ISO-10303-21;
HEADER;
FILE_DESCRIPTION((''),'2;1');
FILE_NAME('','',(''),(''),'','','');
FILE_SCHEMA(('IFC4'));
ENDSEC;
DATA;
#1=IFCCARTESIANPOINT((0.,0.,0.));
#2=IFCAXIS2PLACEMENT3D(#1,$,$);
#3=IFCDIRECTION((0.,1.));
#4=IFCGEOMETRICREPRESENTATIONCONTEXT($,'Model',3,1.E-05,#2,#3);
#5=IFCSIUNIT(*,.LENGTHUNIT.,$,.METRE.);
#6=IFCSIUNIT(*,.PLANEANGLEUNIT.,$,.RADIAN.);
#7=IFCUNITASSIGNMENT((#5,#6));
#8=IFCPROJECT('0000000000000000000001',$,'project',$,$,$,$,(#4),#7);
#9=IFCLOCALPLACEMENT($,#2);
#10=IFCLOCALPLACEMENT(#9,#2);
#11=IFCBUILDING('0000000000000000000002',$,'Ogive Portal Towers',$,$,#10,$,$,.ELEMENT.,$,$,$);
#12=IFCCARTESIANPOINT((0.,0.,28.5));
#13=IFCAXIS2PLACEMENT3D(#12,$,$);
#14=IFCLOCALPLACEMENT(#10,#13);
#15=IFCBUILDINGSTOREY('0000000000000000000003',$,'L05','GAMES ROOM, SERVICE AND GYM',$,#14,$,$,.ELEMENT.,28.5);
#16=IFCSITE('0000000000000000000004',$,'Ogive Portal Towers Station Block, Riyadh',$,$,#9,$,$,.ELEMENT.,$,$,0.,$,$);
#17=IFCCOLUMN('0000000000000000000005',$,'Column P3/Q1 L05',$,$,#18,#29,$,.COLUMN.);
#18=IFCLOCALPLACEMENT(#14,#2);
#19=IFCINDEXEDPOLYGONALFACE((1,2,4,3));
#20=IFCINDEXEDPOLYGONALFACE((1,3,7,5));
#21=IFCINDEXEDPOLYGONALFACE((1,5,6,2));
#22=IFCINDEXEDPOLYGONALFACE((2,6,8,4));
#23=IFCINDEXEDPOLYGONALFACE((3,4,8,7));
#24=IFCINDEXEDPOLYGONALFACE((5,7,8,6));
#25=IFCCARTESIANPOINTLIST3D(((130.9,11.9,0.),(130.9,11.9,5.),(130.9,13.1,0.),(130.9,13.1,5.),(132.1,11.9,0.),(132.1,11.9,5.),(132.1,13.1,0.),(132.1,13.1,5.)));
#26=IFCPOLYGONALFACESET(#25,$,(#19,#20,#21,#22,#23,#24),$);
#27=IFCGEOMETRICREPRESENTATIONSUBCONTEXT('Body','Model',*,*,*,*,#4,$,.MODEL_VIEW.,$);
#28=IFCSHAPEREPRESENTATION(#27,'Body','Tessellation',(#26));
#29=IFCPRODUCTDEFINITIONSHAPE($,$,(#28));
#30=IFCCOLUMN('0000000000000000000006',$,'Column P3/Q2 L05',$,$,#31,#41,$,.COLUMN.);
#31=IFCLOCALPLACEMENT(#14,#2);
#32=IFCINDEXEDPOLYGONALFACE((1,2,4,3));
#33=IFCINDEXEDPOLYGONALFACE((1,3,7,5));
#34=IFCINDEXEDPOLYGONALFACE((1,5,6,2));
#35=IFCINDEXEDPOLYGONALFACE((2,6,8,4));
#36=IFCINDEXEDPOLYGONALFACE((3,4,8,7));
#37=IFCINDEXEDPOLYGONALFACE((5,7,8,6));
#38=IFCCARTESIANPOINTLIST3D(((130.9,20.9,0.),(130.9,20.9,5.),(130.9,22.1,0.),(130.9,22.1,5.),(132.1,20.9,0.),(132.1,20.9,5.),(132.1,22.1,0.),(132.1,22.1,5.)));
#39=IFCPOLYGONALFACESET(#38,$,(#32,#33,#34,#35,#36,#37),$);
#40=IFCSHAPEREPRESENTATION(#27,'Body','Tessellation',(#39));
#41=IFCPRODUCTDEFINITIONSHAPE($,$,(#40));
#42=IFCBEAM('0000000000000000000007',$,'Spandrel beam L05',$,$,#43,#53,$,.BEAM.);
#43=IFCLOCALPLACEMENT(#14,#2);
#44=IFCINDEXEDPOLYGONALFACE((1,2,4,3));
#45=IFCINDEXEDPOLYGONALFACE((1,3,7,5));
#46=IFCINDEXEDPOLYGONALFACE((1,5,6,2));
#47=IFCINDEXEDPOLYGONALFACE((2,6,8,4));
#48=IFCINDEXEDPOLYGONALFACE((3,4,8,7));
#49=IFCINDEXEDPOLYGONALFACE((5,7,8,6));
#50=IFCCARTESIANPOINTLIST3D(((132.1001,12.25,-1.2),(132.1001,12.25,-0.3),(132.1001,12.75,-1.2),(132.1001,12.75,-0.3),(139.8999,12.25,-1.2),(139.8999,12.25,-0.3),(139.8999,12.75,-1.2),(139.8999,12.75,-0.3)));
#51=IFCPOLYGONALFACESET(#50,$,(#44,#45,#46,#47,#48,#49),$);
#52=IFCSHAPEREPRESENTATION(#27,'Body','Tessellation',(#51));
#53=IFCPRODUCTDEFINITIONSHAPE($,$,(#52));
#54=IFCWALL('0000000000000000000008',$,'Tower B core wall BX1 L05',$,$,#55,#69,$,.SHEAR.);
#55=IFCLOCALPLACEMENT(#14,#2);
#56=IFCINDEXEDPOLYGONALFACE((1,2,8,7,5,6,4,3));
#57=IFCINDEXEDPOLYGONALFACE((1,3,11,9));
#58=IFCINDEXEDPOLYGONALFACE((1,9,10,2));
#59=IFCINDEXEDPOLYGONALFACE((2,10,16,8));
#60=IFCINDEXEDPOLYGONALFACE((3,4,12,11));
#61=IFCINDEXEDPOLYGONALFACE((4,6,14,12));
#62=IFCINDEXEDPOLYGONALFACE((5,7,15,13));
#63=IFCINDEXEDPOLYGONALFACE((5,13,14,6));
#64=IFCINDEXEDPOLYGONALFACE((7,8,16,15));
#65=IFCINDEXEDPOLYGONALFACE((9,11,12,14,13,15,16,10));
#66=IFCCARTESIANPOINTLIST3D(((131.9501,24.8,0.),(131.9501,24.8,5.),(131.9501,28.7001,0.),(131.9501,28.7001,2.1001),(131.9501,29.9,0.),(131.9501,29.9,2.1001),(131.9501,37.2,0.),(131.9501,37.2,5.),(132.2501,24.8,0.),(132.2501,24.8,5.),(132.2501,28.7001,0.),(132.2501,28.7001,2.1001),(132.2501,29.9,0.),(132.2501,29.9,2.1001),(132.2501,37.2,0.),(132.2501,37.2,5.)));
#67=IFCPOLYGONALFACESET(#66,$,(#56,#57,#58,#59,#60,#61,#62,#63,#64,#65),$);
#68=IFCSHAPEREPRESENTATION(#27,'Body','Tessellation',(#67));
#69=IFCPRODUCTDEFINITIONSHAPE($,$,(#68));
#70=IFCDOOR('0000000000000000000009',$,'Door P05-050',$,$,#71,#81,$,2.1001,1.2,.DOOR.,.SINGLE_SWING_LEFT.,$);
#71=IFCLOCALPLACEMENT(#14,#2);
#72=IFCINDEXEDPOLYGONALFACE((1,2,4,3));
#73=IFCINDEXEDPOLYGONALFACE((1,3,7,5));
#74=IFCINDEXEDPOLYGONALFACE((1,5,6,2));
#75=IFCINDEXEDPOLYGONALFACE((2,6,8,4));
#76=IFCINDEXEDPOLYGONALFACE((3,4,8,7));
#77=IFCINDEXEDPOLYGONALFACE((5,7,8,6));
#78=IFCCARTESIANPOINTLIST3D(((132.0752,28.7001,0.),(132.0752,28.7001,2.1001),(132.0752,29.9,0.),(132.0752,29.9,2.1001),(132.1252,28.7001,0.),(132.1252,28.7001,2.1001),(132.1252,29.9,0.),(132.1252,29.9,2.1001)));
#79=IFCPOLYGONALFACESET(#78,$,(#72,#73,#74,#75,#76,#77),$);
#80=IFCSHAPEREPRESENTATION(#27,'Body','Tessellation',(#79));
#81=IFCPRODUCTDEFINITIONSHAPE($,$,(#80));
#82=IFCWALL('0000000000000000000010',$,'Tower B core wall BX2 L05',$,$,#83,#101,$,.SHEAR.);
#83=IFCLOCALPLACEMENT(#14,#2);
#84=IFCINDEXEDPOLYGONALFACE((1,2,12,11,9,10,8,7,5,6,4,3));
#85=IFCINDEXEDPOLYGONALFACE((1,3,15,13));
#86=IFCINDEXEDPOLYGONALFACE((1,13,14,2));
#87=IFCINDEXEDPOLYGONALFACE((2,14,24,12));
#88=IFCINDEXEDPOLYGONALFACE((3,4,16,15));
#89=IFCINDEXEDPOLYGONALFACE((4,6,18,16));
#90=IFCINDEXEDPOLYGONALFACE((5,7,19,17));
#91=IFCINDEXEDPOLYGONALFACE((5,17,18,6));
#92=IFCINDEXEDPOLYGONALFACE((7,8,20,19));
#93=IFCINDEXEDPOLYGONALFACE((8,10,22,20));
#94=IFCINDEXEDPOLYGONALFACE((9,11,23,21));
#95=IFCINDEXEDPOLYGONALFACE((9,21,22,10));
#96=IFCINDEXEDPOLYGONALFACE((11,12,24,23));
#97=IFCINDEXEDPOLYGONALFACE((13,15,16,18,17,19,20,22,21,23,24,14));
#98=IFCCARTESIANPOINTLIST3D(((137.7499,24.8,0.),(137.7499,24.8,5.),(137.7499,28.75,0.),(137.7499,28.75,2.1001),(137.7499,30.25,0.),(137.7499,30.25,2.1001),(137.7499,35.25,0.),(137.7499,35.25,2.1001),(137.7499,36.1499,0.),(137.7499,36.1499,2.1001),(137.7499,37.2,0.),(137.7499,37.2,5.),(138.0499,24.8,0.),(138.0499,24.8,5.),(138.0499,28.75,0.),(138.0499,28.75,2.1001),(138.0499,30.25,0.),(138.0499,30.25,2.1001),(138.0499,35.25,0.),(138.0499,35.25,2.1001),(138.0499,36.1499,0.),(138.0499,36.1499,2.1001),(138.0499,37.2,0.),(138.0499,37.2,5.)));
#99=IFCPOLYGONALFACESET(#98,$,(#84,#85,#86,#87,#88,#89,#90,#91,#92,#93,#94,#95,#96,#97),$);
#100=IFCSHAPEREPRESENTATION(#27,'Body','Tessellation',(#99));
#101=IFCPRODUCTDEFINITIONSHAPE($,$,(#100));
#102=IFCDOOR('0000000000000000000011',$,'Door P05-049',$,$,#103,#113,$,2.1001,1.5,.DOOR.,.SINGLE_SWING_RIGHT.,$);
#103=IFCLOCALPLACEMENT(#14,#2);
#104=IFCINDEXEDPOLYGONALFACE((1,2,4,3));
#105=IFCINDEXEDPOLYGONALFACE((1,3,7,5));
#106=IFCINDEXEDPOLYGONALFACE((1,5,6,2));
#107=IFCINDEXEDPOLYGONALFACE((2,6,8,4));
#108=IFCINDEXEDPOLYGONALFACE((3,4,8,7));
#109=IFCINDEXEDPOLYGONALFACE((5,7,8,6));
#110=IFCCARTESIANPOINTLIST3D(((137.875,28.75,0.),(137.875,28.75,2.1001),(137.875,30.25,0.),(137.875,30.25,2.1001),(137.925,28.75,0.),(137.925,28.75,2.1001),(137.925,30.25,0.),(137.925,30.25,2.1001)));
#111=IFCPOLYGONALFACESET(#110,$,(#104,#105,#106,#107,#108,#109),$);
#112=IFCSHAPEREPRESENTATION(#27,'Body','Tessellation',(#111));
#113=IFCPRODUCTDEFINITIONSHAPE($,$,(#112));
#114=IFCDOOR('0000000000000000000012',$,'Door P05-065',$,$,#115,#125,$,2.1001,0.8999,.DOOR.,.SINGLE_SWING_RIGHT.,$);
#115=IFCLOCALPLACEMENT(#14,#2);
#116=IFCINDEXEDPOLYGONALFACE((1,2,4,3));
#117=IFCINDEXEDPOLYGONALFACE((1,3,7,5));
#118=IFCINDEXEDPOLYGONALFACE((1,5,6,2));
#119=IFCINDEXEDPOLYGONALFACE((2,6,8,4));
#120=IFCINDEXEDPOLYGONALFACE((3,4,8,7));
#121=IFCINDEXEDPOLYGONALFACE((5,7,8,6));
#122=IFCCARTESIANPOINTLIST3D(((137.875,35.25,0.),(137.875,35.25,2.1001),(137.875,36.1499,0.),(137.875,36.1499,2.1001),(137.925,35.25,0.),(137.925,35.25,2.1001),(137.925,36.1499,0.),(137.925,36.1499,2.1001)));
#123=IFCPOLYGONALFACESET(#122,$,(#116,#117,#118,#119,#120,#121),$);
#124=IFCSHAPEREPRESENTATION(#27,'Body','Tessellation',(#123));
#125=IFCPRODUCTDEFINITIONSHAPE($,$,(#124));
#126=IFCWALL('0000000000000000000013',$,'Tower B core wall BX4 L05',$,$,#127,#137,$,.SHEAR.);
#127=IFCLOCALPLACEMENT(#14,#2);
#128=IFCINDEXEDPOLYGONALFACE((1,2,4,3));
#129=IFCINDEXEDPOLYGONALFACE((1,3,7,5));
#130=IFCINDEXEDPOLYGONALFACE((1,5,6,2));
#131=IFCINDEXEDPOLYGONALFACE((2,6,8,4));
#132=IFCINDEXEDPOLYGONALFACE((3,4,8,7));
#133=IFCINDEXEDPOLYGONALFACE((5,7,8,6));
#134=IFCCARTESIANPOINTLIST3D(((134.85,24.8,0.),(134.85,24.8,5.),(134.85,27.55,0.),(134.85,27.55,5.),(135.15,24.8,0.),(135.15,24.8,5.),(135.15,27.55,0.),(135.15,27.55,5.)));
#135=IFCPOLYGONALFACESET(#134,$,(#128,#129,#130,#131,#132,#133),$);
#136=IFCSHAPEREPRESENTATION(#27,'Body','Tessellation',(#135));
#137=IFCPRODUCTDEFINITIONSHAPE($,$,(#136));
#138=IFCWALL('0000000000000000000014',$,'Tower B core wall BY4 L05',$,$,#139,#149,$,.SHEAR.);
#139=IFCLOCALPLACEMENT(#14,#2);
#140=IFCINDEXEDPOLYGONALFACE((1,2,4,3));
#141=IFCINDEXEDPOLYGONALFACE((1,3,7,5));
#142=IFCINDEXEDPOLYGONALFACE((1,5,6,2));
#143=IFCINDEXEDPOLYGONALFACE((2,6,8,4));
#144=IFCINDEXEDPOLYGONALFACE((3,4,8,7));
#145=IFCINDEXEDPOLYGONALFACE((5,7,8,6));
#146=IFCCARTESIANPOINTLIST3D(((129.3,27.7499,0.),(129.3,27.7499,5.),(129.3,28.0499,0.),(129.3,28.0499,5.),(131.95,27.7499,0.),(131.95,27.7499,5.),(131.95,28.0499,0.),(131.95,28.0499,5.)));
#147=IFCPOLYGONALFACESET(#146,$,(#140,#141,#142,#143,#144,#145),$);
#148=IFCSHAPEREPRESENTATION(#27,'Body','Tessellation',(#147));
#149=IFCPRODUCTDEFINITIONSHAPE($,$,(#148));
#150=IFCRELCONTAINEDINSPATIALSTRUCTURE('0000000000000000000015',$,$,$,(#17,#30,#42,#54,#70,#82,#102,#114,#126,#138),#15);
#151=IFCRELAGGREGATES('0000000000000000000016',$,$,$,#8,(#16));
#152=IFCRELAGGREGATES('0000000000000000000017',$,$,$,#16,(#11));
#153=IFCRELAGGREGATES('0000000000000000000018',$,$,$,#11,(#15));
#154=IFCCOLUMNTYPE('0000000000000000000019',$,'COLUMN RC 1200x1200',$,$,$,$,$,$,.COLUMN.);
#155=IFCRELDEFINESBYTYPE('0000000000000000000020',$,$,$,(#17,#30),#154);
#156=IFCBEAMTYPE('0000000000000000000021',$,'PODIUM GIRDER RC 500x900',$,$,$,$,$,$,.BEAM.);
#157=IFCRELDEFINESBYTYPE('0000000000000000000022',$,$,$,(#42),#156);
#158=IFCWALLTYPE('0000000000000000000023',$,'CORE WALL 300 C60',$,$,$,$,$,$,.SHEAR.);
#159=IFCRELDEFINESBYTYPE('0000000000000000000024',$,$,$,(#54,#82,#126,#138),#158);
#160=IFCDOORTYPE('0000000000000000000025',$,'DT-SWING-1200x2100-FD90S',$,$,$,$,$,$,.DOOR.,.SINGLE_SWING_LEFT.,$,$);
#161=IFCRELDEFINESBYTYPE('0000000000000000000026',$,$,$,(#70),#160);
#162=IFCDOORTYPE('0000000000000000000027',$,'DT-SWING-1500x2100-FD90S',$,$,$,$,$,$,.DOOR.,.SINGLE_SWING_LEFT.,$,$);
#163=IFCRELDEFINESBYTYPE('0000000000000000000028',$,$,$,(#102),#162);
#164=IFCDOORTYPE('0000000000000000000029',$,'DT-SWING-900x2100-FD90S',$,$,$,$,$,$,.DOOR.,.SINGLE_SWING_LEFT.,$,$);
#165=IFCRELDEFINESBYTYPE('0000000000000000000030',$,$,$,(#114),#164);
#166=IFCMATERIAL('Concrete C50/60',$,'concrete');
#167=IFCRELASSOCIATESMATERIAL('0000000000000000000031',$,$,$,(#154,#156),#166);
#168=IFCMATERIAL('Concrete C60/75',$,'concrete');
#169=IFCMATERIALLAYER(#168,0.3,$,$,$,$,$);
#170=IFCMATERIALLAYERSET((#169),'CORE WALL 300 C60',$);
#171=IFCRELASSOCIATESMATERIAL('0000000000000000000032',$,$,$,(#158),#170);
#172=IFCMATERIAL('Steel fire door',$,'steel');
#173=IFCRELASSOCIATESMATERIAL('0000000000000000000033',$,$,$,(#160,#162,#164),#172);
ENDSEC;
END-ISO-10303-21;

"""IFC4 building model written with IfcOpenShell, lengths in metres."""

from ifc_helpers import new_model, si_unit, direction, frame, frame_2d, origin, origin_2d, place, context, subcontext, project, spatial, rectangle, extrude, material, layer, layer_set, material_profile, profile_set, type_object, element, fill, save


model = new_model("IFC4")

# Units and contexts
model_context = context("Model", 3, precision=1e-05, world=origin(), true_north=direction((0.0, 1.0)))
body_context = subcontext(model_context, "Body", "Model", "MODEL_VIEW")
ifc_project = project(units=[si_unit("LENGTHUNIT", "METRE"), si_unit("PLANEANGLEUNIT", "RADIAN")], contexts=[model_context])

# Site, building, storey
site_placement = place(None, origin())
site = spatial("IfcSite", under=ifc_project, at=site_placement, Name="Ogive Portal Towers Station Block, Riyadh", CompositionType="ELEMENT", RefElevation=0.0)
building_placement = place(site_placement, origin())
building = spatial("IfcBuilding", under=site, at=building_placement, Name="Ogive Portal Towers", CompositionType="ELEMENT")
storey_placement = place(building_placement, frame((0.0, 0.0, 28.5)))
storey = spatial("IfcBuildingStorey", under=building, at=storey_placement, Name="L05", Description="GAMES ROOM, SERVICE AND GYM", CompositionType="ELEMENT", Elevation=28.5)

# Columns
ifc_material_1 = material(Name="Concrete C50/60", Category="concrete")
ifc_material_profile_1 = material_profile(ifc_material_1, rectangle(XDim=1.2, YDim=1.2, at=origin_2d()), Name="RC 1200x1200")
ifc_profile_set_1 = profile_set([ifc_material_profile_1], Name="Concrete C50/60")
column_type = type_object("IfcColumnType", Name="COLUMN RC 1200x1200", PredefinedType="COLUMN", material=ifc_profile_set_1)
for number, where, z_axis, x_axis, name in (
    (1, (131.5, 12.5, 0.0), (0.0, 0.0, 1.0), (1.0, 0.0, 0.0), "Column P3/Q1 L05"),
    (2, (131.5, 21.5, 0.0), (0.0, 0.0, 1.0), (1.0, 0.0, 0.0), "Column P3/Q2 L05"),
):
    element("IfcColumn", number, at=place(storey_placement, frame(where, z_axis=z_axis, x_axis=x_axis)), inside=storey, type_object=column_type, Name=name, PredefinedType="COLUMN", context=body_context, shape_type="SweptSolid", body=[
        extrude(rectangle(XDim=1.2, YDim=1.2, at=origin_2d()), origin(), (0.0, 0.0, 1.0), 5.0),
    ])

# Beam
ifc_material_profile_2 = material_profile(ifc_material_1, rectangle(XDim=0.5, YDim=0.8999, at=origin_2d()), Name="RC 500x900")
ifc_profile_set_2 = profile_set([ifc_material_profile_2], Name="Concrete C50/60")
beam_type = type_object("IfcBeamType", Name="PODIUM GIRDER RC 500x900", PredefinedType="BEAM", material=ifc_profile_set_2)
beam_placement = place(storey_placement, frame((132.1001, 12.5, -0.75), z_axis=(1.0, 0.0, 0.0), x_axis=(0.0, 1.0, 0.0)))
element("IfcBeam", 3, at=beam_placement, inside=storey, type_object=beam_type, Name="Spandrel beam L05", PredefinedType="BEAM", context=body_context, shape_type="SweptSolid", body=[
    extrude(rectangle(XDim=0.5, YDim=0.8999, at=origin_2d()), origin(), (0.0, 0.0, 1.0), 7.7998),
])

# Wall, opening, door
ifc_material_2 = material(Name="Concrete C60/75", Category="concrete")
ifc_layer_1 = layer(ifc_material_2, 0.3)
ifc_layer_set_1 = layer_set([ifc_layer_1], Name="CORE WALL 300 C60")
wall_type_1 = type_object("IfcWallType", Name="CORE WALL 300 C60", PredefinedType="SHEAR", material=ifc_layer_set_1)
wall_1_placement = place(storey_placement, frame((132.1001, 24.8, 0.0), z_axis=(0.0, 0.0, 1.0), x_axis=(0.0, 1.0, 0.0)))
wall_1 = element("IfcWall", 4, at=wall_1_placement, inside=storey, type_object=wall_type_1, Name="Tower B core wall BX1 L05", PredefinedType="SHEAR", context=body_context, shape_type="SweptSolid", body=[
    extrude(rectangle(XDim=12.3999, YDim=0.3, at=frame_2d((6.2, 0.0))), origin(), (0.0, 0.0, 1.0), 5.0),
])
opening_1_placement = place(wall_1_placement, frame((3.8999, 0.0, 0.0)))
opening_1 = element("IfcOpeningElement", 5, at=opening_1_placement, cuts=wall_1, PredefinedType="OPENING", context=body_context, shape_type="SweptSolid", body=[
    extrude(rectangle(XDim=1.2, YDim=2.1001, at=frame_2d((0.6001, 1.05))), frame((0.0, 0.1602, 0.0), z_axis=(0.0, -1.0, 0.0), x_axis=(1.0, 0.0, 0.0)), (0.0, 0.0, 1.0), 0.3201),
])
ifc_material_3 = material(Name="Steel fire door", Category="steel")
door_type_1 = type_object("IfcDoorType", Name="DT-SWING-1200x2100-FD90S", OperationType="SINGLE_SWING_LEFT", PredefinedType="DOOR", material=ifc_material_3)
door_1_placement = place(opening_1_placement, origin())
door_1 = element("IfcDoor", 6, at=door_1_placement, inside=storey, type_object=door_type_1, Name="Door P05-050", OperationType="SINGLE_SWING_LEFT", OverallHeight=2.1001, OverallWidth=1.2, PredefinedType="DOOR", context=body_context, shape_type="SweptSolid", body=[
    extrude(rectangle(XDim=1.2, YDim=2.1001, at=frame_2d((0.6001, 1.05))), frame((0.0, 0.0249, 0.0), z_axis=(0.0, -1.0, 0.0), x_axis=(1.0, 0.0, 0.0)), (0.0, 0.0, 1.0), 0.05),
])
fill(opening_1, door_1)

# Wall, openings, doors
wall_2_placement = place(storey_placement, frame((137.8999, 24.8, 0.0), z_axis=(0.0, 0.0, 1.0), x_axis=(0.0, 1.0, 0.0)))
wall_2 = element("IfcWall", 7, at=wall_2_placement, inside=storey, type_object=wall_type_1, Name="Tower B core wall BX2 L05", PredefinedType="SHEAR", context=body_context, shape_type="SweptSolid", body=[
    extrude(rectangle(XDim=12.3999, YDim=0.3, at=frame_2d((6.2, 0.0))), origin(), (0.0, 0.0, 1.0), 5.0),
])
opening_2_placement = place(wall_2_placement, frame((3.95, 0.0, 0.0)))
opening_2 = element("IfcOpeningElement", 8, at=opening_2_placement, cuts=wall_2, PredefinedType="OPENING", context=body_context, shape_type="SweptSolid", body=[
    extrude(rectangle(XDim=1.5, YDim=2.1001, at=frame_2d((0.75, 1.05))), frame((0.0, 0.1602, 0.0), z_axis=(0.0, -1.0, 0.0), x_axis=(1.0, 0.0, 0.0)), (0.0, 0.0, 1.0), 0.3201),
])
opening_3_placement = place(wall_2_placement, frame((10.45, 0.0, 0.0)))
opening_3 = element("IfcOpeningElement", 9, at=opening_3_placement, cuts=wall_2, PredefinedType="OPENING", context=body_context, shape_type="SweptSolid", body=[
    extrude(rectangle(XDim=0.8999, YDim=2.1001, at=frame_2d((0.45, 1.05))), frame((0.0, 0.1602, 0.0), z_axis=(0.0, -1.0, 0.0), x_axis=(1.0, 0.0, 0.0)), (0.0, 0.0, 1.0), 0.3201),
])
door_type_2 = type_object("IfcDoorType", Name="DT-SWING-1500x2100-FD90S", OperationType="SINGLE_SWING_LEFT", PredefinedType="DOOR", material=ifc_material_3)
door_2_placement = place(opening_2_placement, origin())
door_2 = element("IfcDoor", 10, at=door_2_placement, inside=storey, type_object=door_type_2, Name="Door P05-049", OperationType="SINGLE_SWING_RIGHT", OverallHeight=2.1001, OverallWidth=1.5, PredefinedType="DOOR", context=body_context, shape_type="SweptSolid", body=[
    extrude(rectangle(XDim=1.5, YDim=2.1001, at=frame_2d((0.75, 1.05))), frame((0.0, 0.0249, 0.0), z_axis=(0.0, -1.0, 0.0), x_axis=(1.0, 0.0, 0.0)), (0.0, 0.0, 1.0), 0.05),
])
fill(opening_2, door_2)
door_type_3 = type_object("IfcDoorType", Name="DT-SWING-900x2100-FD90S", OperationType="SINGLE_SWING_LEFT", PredefinedType="DOOR", material=ifc_material_3)
door_3_placement = place(opening_3_placement, origin())
door_3 = element("IfcDoor", 11, at=door_3_placement, inside=storey, type_object=door_type_3, Name="Door P05-065", OperationType="SINGLE_SWING_RIGHT", OverallHeight=2.1001, OverallWidth=0.8999, PredefinedType="DOOR", context=body_context, shape_type="SweptSolid", body=[
    extrude(rectangle(XDim=0.8999, YDim=2.1001, at=frame_2d((0.45, 1.05))), frame((0.0, 0.0249, 0.0), z_axis=(0.0, -1.0, 0.0), x_axis=(1.0, 0.0, 0.0)), (0.0, 0.0, 1.0), 0.05),
])
fill(opening_3, door_3)

# Wall
wall_3_placement = place(storey_placement, frame((135.0, 24.8, 0.0), z_axis=(0.0, 0.0, 1.0), x_axis=(0.0, 1.0, 0.0)))
element("IfcWall", 12, at=wall_3_placement, inside=storey, type_object=wall_type_1, Name="Tower B core wall BX4 L05", PredefinedType="SHEAR", context=body_context, shape_type="SweptSolid", body=[
    extrude(rectangle(XDim=2.75, YDim=0.3, at=frame_2d((1.375, 0.0))), origin(), (0.0, 0.0, 1.0), 5.0),
])

# Wall
wall_4_placement = place(storey_placement, frame((129.3, 27.8999, 0.0), z_axis=(0.0, 0.0, 1.0), x_axis=(1.0, 0.0, 0.0)))
element("IfcWall", 13, at=wall_4_placement, inside=storey, type_object=wall_type_1, Name="Tower B core wall BY4 L05", PredefinedType="SHEAR", context=body_context, shape_type="SweptSolid", body=[
    extrude(rectangle(XDim=2.6499, YDim=0.3, at=frame_2d((1.325, 0.0))), origin(), (0.0, 0.0, 1.0), 5.0),
])

save(model, "model.ifc")
